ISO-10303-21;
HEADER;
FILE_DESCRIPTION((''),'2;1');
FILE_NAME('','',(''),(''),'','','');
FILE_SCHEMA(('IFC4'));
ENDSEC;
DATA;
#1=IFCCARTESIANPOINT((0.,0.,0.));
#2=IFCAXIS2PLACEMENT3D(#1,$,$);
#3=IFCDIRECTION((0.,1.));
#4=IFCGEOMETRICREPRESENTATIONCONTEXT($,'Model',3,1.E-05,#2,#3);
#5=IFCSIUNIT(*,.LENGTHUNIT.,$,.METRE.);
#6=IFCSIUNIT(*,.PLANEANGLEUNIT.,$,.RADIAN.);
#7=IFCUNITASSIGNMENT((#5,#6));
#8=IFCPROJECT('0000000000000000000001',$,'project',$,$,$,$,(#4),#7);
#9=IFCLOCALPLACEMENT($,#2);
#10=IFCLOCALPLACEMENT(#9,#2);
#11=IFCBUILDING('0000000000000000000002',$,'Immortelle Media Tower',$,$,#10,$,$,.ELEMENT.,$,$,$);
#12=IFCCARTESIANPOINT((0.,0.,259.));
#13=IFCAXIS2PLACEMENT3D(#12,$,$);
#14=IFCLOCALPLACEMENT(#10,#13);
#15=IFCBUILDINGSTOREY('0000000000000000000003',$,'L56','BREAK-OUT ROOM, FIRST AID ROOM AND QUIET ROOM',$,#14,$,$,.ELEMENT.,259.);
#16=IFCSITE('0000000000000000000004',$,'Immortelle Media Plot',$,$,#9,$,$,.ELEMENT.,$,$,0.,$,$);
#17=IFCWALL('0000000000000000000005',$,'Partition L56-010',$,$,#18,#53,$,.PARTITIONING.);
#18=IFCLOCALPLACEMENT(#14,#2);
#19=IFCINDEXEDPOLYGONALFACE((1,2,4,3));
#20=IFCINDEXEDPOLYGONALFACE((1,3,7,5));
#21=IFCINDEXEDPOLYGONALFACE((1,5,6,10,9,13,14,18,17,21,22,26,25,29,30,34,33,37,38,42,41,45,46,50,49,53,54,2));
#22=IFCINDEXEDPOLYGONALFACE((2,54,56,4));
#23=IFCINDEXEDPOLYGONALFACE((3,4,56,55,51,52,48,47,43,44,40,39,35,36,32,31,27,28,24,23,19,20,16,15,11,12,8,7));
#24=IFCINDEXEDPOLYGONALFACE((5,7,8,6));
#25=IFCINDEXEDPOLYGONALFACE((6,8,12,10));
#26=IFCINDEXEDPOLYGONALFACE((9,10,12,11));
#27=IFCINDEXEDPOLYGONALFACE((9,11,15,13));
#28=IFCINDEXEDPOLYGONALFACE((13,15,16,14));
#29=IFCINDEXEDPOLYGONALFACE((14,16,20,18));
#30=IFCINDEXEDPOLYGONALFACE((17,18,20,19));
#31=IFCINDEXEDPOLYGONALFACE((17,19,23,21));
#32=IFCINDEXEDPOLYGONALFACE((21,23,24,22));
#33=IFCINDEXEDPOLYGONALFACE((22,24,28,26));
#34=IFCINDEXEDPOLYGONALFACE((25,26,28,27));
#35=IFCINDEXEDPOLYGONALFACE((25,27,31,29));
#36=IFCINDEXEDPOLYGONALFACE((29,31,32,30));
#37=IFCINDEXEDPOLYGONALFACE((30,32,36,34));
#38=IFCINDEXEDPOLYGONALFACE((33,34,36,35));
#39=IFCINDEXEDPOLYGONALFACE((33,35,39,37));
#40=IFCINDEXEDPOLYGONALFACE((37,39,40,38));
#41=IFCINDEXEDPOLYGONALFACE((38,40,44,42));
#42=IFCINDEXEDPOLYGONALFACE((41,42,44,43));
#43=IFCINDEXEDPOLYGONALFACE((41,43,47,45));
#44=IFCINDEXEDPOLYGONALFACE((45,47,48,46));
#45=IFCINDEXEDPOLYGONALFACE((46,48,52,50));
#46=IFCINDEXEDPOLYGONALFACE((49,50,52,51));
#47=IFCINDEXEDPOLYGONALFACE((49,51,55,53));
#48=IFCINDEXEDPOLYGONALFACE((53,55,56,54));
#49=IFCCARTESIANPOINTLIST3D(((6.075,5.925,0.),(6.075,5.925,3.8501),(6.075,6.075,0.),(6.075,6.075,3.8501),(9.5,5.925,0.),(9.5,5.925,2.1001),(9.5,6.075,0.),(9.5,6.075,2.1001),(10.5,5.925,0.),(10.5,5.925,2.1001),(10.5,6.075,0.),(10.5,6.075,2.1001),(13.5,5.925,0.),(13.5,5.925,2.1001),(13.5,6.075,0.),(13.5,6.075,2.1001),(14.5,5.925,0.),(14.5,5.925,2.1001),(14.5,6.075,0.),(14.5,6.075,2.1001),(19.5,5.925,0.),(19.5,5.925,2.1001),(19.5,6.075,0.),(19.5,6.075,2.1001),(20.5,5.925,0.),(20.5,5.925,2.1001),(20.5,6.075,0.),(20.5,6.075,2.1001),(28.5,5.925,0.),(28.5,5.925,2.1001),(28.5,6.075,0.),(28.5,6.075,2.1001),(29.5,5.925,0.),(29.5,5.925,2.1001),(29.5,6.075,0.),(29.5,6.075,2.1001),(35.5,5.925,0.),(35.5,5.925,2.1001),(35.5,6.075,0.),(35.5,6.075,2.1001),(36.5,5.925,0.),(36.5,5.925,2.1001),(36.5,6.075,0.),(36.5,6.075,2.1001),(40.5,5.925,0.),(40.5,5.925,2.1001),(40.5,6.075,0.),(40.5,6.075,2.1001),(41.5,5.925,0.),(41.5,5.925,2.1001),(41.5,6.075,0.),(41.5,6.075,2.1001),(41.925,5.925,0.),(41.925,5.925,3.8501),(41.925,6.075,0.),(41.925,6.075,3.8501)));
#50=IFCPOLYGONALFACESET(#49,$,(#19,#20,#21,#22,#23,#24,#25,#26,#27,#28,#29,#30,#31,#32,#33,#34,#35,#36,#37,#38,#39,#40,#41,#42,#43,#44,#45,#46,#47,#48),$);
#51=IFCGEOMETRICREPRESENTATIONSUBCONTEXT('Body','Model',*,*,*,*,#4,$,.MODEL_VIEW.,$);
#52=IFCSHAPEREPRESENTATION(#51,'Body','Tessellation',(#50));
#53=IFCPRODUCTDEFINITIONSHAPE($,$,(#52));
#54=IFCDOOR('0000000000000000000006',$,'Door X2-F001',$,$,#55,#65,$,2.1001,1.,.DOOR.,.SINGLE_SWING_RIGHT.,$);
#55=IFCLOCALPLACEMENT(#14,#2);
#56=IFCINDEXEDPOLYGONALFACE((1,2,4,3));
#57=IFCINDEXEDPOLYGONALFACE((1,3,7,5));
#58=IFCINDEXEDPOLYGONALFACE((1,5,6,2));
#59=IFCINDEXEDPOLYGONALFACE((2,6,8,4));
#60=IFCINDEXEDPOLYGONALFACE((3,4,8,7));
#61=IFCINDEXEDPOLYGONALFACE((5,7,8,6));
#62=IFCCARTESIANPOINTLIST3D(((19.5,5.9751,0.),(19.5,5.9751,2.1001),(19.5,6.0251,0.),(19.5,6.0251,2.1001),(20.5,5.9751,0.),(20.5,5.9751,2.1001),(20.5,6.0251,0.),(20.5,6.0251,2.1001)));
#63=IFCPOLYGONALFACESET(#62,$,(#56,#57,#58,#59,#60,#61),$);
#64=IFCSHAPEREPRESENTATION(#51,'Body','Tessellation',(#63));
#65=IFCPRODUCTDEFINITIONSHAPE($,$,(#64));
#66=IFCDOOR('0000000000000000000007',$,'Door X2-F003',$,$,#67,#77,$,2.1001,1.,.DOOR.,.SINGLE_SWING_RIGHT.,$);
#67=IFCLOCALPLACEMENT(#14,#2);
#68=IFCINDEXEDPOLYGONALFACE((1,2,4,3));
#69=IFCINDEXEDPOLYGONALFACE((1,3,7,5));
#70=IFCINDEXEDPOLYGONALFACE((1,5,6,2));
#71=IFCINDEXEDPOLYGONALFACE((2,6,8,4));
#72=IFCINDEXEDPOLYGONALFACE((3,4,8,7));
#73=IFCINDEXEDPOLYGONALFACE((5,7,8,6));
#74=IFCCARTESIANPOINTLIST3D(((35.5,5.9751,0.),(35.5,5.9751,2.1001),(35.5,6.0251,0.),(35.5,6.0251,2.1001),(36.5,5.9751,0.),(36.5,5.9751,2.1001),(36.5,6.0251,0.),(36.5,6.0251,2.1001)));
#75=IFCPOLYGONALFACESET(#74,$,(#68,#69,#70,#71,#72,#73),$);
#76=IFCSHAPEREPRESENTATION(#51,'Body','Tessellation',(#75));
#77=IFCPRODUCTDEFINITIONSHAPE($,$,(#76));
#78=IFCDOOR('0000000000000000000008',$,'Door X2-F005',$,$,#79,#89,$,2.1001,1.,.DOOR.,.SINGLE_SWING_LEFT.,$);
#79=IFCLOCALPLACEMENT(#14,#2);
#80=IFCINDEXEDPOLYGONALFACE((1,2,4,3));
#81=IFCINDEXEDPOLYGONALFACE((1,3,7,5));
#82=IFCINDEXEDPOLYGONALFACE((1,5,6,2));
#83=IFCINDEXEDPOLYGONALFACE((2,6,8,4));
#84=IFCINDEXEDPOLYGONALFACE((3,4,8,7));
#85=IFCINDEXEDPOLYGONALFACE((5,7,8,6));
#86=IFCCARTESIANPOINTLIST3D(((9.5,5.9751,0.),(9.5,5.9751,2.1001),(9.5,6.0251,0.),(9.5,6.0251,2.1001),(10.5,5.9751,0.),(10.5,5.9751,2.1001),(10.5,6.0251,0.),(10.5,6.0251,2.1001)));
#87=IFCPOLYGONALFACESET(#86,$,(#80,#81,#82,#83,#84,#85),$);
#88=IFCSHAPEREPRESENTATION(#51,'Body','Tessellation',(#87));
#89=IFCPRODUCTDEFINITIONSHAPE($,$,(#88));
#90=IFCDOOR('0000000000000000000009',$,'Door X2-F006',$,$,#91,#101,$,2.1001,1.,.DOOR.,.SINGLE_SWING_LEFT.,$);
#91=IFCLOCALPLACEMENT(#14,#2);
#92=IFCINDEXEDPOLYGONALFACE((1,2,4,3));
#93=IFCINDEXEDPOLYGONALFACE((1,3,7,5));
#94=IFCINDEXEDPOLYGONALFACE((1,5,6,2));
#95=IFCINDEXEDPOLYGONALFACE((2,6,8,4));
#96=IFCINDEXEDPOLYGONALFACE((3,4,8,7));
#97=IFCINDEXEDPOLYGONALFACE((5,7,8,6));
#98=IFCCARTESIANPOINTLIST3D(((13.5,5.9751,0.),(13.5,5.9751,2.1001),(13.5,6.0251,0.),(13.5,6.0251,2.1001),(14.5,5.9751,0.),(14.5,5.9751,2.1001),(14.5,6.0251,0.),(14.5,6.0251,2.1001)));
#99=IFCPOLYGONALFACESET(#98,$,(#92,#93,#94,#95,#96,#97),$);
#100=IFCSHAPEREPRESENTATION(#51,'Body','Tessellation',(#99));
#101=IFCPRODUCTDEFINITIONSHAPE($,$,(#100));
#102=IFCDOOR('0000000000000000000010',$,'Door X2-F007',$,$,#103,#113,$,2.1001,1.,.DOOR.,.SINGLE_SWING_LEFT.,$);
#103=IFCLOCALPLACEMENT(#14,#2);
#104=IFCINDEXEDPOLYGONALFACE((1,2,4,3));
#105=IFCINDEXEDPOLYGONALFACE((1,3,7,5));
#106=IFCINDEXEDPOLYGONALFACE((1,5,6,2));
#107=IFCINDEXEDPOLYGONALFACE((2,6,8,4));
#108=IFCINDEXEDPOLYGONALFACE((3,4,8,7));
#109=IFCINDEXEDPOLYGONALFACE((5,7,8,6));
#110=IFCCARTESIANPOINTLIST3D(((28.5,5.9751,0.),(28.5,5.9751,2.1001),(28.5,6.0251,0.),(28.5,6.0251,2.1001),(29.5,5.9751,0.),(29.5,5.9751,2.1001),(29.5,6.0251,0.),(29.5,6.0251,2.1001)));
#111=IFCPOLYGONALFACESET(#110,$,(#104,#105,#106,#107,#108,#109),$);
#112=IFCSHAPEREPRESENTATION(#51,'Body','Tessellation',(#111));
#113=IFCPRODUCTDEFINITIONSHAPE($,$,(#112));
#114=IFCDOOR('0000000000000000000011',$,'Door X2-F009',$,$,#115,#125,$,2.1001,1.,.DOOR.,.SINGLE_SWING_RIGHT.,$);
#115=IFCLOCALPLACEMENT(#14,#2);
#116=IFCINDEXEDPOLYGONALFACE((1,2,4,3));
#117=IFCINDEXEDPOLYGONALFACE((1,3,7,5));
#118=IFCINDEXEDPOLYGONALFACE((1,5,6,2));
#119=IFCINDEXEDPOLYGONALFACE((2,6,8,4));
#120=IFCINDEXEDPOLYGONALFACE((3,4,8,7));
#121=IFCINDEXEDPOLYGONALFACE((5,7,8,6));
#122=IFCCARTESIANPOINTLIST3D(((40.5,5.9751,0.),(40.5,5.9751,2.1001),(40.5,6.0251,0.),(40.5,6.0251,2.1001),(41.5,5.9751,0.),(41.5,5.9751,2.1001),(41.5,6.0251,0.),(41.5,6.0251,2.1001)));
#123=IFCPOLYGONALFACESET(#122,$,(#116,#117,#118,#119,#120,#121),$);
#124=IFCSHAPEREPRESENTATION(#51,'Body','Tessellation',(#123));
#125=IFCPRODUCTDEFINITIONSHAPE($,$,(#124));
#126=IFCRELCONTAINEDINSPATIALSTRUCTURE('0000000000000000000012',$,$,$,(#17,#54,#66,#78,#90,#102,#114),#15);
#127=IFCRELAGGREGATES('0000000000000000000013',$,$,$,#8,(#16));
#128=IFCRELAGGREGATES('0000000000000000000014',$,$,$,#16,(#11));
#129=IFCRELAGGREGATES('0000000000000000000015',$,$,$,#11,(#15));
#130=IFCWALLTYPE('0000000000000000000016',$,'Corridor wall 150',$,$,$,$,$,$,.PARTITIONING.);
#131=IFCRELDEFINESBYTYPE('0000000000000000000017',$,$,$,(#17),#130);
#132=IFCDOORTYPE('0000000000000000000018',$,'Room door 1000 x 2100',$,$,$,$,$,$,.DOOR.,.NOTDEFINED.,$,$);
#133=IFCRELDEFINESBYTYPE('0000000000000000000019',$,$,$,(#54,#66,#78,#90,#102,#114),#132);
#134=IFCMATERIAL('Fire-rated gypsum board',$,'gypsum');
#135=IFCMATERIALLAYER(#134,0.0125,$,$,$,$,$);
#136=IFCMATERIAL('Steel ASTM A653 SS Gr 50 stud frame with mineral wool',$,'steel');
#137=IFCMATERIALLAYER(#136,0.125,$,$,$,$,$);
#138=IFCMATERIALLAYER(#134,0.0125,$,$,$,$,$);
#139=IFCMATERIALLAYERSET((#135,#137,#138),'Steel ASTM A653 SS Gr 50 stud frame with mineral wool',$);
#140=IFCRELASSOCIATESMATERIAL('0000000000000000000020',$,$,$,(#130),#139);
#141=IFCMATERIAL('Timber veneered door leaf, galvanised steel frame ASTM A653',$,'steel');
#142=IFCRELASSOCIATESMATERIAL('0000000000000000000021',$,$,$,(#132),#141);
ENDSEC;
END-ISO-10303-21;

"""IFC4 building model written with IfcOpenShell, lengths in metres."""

from ifc_helpers import new_model, si_unit, direction, frame, frame_2d, origin, place, context, subcontext, project, spatial, rectangle, extrude, material, layer, layer_set, type_object, element, fill, save


model = new_model("IFC4")

# Units and contexts
model_context = context("Model", 3, precision=1e-05, world=origin(), true_north=direction((0.0, 1.0)))
body_context = subcontext(model_context, "Body", "Model", "MODEL_VIEW")
ifc_project = project(units=[si_unit("LENGTHUNIT", "METRE"), si_unit("PLANEANGLEUNIT", "RADIAN")], contexts=[model_context])

# Site, building, storey
site_placement = place(None, origin())
site = spatial("IfcSite", under=ifc_project, at=site_placement, Name="Immortelle Media Plot", CompositionType="ELEMENT", RefElevation=0.0)
building_placement = place(site_placement, origin())
building = spatial("IfcBuilding", under=site, at=building_placement, Name="Immortelle Media Tower", CompositionType="ELEMENT")
storey_placement = place(building_placement, frame((0.0, 0.0, 259.0)))
storey = spatial("IfcBuildingStorey", under=building, at=storey_placement, Name="L56", Description="BREAK-OUT ROOM, FIRST AID ROOM AND QUIET ROOM", CompositionType="ELEMENT", Elevation=259.0)

# Wall, openings, doors
ifc_material_1 = material(Name="Fire-rated gypsum board", Category="gypsum")
ifc_layer_1 = layer(ifc_material_1, 0.0125)
ifc_material_2 = material(Name="Steel ASTM A653 SS Gr 50 stud frame with mineral wool", Category="steel")
ifc_layer_2 = layer(ifc_material_2, 0.125)
ifc_layer_3 = layer(ifc_material_1, 0.0125)
ifc_layer_set_1 = layer_set([ifc_layer_1, ifc_layer_2, ifc_layer_3], Name="Steel ASTM A653 SS Gr 50 stud frame with mineral wool")
wall_type_1 = type_object("IfcWallType", Name="Corridor wall 150", PredefinedType="PARTITIONING", material=ifc_layer_set_1)
wall_1_placement = place(storey_placement, frame((6.075, 6.0, 0.0), z_axis=(0.0, 0.0, 1.0), x_axis=(1.0, 0.0, 0.0)))
wall_1 = element("IfcWall", 1, at=wall_1_placement, inside=storey, type_object=wall_type_1, Name="Partition L56-010", PredefinedType="PARTITIONING", context=body_context, shape_type="SweptSolid", body=[
    extrude(rectangle(XDim=35.8501, YDim=0.1499, at=frame_2d((17.925, 0.0))), origin(), (0.0, 0.0, 1.0), 3.8501),
])
opening_1_placement = place(wall_1_placement, frame((14.425, 0.0, 0.0), z_axis=(0.0, 0.0, 1.0), x_axis=(-1.0, 0.0, 0.0)))
opening_1 = element("IfcOpeningElement", 2, at=opening_1_placement, cuts=wall_1, PredefinedType="OPENING", context=body_context, shape_type="SweptSolid", body=[
    extrude(rectangle(XDim=1.0, YDim=2.1001, at=frame_2d((0.5, 1.05))), frame((0.0, 0.085, 0.0), z_axis=(0.0, -1.0, 0.0), x_axis=(1.0, 0.0, 0.0)), (0.0, 0.0, 1.0), 0.1699),
])
opening_2_placement = place(wall_1_placement, frame((30.425, 0.0, 0.0), z_axis=(0.0, 0.0, 1.0), x_axis=(-1.0, 0.0, 0.0)))
opening_2 = element("IfcOpeningElement", 3, at=opening_2_placement, cuts=wall_1, PredefinedType="OPENING", context=body_context, shape_type="SweptSolid", body=[
    extrude(rectangle(XDim=1.0, YDim=2.1001, at=frame_2d((0.5, 1.05))), frame((0.0, 0.085, 0.0), z_axis=(0.0, -1.0, 0.0), x_axis=(1.0, 0.0, 0.0)), (0.0, 0.0, 1.0), 0.1699),
])
opening_3_placement = place(wall_1_placement, frame((4.425, 0.0, 0.0), z_axis=(0.0, 0.0, 1.0), x_axis=(-1.0, 0.0, 0.0)))
opening_3 = element("IfcOpeningElement", 4, at=opening_3_placement, cuts=wall_1, PredefinedType="OPENING", context=body_context, shape_type="SweptSolid", body=[
    extrude(rectangle(XDim=1.0, YDim=2.1001, at=frame_2d((0.5, 1.05))), frame((0.0, 0.085, 0.0), z_axis=(0.0, -1.0, 0.0), x_axis=(1.0, 0.0, 0.0)), (0.0, 0.0, 1.0), 0.1699),
])
opening_4_placement = place(wall_1_placement, frame((8.425, 0.0, 0.0), z_axis=(0.0, 0.0, 1.0), x_axis=(-1.0, 0.0, 0.0)))
opening_4 = element("IfcOpeningElement", 5, at=opening_4_placement, cuts=wall_1, PredefinedType="OPENING", context=body_context, shape_type="SweptSolid", body=[
    extrude(rectangle(XDim=1.0, YDim=2.1001, at=frame_2d((0.5, 1.05))), frame((0.0, 0.085, 0.0), z_axis=(0.0, -1.0, 0.0), x_axis=(1.0, 0.0, 0.0)), (0.0, 0.0, 1.0), 0.1699),
])
opening_5_placement = place(wall_1_placement, frame((23.425, 0.0, 0.0), z_axis=(0.0, 0.0, 1.0), x_axis=(-1.0, 0.0, 0.0)))
opening_5 = element("IfcOpeningElement", 6, at=opening_5_placement, cuts=wall_1, PredefinedType="OPENING", context=body_context, shape_type="SweptSolid", body=[
    extrude(rectangle(XDim=1.0, YDim=2.1001, at=frame_2d((0.5, 1.05))), frame((0.0, 0.085, 0.0), z_axis=(0.0, -1.0, 0.0), x_axis=(1.0, 0.0, 0.0)), (0.0, 0.0, 1.0), 0.1699),
])
opening_6_placement = place(wall_1_placement, frame((35.425, 0.0, 0.0), z_axis=(0.0, 0.0, 1.0), x_axis=(-1.0, 0.0, 0.0)))
opening_6 = element("IfcOpeningElement", 7, at=opening_6_placement, cuts=wall_1, PredefinedType="OPENING", context=body_context, shape_type="SweptSolid", body=[
    extrude(rectangle(XDim=1.0, YDim=2.1001, at=frame_2d((0.5, 1.05))), frame((0.0, 0.085, 0.0), z_axis=(0.0, -1.0, 0.0), x_axis=(1.0, 0.0, 0.0)), (0.0, 0.0, 1.0), 0.1699),
])
ifc_material_3 = material(Name="Timber veneered door leaf, galvanised steel frame ASTM A653", Category="steel")
door_type = type_object("IfcDoorType", Name="Room door 1000 x 2100", OperationType="NOTDEFINED", PredefinedType="DOOR", material=ifc_material_3)
door_1_placement = place(opening_1_placement, origin())
door_1 = element("IfcDoor", 8, at=door_1_placement, inside=storey, type_object=door_type, Name="Door X2-F001", OperationType="SINGLE_SWING_RIGHT", OverallHeight=2.1001, OverallWidth=1.0, PredefinedType="DOOR", context=body_context, shape_type="SweptSolid", body=[
    extrude(rectangle(XDim=1.0, YDim=2.1001, at=frame_2d((0.5, 1.05))), frame((0.0, 0.0249, 0.0), z_axis=(0.0, -1.0, 0.0), x_axis=(1.0, 0.0, 0.0)), (0.0, 0.0, 1.0), 0.05),
])
fill(opening_1, door_1)
door_2_placement = place(opening_2_placement, origin())
door_2 = element("IfcDoor", 9, at=door_2_placement, inside=storey, type_object=door_type, Name="Door X2-F003", OperationType="SINGLE_SWING_RIGHT", OverallHeight=2.1001, OverallWidth=1.0, PredefinedType="DOOR", context=body_context, shape_type="SweptSolid", body=[
    extrude(rectangle(XDim=1.0, YDim=2.1001, at=frame_2d((0.5, 1.05))), frame((0.0, 0.0249, 0.0), z_axis=(0.0, -1.0, 0.0), x_axis=(1.0, 0.0, 0.0)), (0.0, 0.0, 1.0), 0.05),
])
fill(opening_2, door_2)
door_3_placement = place(opening_3_placement, origin())
door_3 = element("IfcDoor", 10, at=door_3_placement, inside=storey, type_object=door_type, Name="Door X2-F005", OperationType="SINGLE_SWING_LEFT", OverallHeight=2.1001, OverallWidth=1.0, PredefinedType="DOOR", context=body_context, shape_type="SweptSolid", body=[
    extrude(rectangle(XDim=1.0, YDim=2.1001, at=frame_2d((0.5, 1.05))), frame((0.0, 0.0249, 0.0), z_axis=(0.0, -1.0, 0.0), x_axis=(1.0, 0.0, 0.0)), (0.0, 0.0, 1.0), 0.05),
])
fill(opening_3, door_3)
door_4_placement = place(opening_4_placement, origin())
door_4 = element("IfcDoor", 11, at=door_4_placement, inside=storey, type_object=door_type, Name="Door X2-F006", OperationType="SINGLE_SWING_LEFT", OverallHeight=2.1001, OverallWidth=1.0, PredefinedType="DOOR", context=body_context, shape_type="SweptSolid", body=[
    extrude(rectangle(XDim=1.0, YDim=2.1001, at=frame_2d((0.5, 1.05))), frame((0.0, 0.0249, 0.0), z_axis=(0.0, -1.0, 0.0), x_axis=(1.0, 0.0, 0.0)), (0.0, 0.0, 1.0), 0.05),
])
fill(opening_4, door_4)
door_5_placement = place(opening_5_placement, origin())
door_5 = element("IfcDoor", 12, at=door_5_placement, inside=storey, type_object=door_type, Name="Door X2-F007", OperationType="SINGLE_SWING_LEFT", OverallHeight=2.1001, OverallWidth=1.0, PredefinedType="DOOR", context=body_context, shape_type="SweptSolid", body=[
    extrude(rectangle(XDim=1.0, YDim=2.1001, at=frame_2d((0.5, 1.05))), frame((0.0, 0.0249, 0.0), z_axis=(0.0, -1.0, 0.0), x_axis=(1.0, 0.0, 0.0)), (0.0, 0.0, 1.0), 0.05),
])
fill(opening_5, door_5)
door_6_placement = place(opening_6_placement, origin())
door_6 = element("IfcDoor", 13, at=door_6_placement, inside=storey, type_object=door_type, Name="Door X2-F009", OperationType="SINGLE_SWING_RIGHT", OverallHeight=2.1001, OverallWidth=1.0, PredefinedType="DOOR", context=body_context, shape_type="SweptSolid", body=[
    extrude(rectangle(XDim=1.0, YDim=2.1001, at=frame_2d((0.5, 1.05))), frame((0.0, 0.0249, 0.0), z_axis=(0.0, -1.0, 0.0), x_axis=(1.0, 0.0, 0.0)), (0.0, 0.0, 1.0), 0.05),
])
fill(opening_6, door_6)

save(model, "model.ifc")
